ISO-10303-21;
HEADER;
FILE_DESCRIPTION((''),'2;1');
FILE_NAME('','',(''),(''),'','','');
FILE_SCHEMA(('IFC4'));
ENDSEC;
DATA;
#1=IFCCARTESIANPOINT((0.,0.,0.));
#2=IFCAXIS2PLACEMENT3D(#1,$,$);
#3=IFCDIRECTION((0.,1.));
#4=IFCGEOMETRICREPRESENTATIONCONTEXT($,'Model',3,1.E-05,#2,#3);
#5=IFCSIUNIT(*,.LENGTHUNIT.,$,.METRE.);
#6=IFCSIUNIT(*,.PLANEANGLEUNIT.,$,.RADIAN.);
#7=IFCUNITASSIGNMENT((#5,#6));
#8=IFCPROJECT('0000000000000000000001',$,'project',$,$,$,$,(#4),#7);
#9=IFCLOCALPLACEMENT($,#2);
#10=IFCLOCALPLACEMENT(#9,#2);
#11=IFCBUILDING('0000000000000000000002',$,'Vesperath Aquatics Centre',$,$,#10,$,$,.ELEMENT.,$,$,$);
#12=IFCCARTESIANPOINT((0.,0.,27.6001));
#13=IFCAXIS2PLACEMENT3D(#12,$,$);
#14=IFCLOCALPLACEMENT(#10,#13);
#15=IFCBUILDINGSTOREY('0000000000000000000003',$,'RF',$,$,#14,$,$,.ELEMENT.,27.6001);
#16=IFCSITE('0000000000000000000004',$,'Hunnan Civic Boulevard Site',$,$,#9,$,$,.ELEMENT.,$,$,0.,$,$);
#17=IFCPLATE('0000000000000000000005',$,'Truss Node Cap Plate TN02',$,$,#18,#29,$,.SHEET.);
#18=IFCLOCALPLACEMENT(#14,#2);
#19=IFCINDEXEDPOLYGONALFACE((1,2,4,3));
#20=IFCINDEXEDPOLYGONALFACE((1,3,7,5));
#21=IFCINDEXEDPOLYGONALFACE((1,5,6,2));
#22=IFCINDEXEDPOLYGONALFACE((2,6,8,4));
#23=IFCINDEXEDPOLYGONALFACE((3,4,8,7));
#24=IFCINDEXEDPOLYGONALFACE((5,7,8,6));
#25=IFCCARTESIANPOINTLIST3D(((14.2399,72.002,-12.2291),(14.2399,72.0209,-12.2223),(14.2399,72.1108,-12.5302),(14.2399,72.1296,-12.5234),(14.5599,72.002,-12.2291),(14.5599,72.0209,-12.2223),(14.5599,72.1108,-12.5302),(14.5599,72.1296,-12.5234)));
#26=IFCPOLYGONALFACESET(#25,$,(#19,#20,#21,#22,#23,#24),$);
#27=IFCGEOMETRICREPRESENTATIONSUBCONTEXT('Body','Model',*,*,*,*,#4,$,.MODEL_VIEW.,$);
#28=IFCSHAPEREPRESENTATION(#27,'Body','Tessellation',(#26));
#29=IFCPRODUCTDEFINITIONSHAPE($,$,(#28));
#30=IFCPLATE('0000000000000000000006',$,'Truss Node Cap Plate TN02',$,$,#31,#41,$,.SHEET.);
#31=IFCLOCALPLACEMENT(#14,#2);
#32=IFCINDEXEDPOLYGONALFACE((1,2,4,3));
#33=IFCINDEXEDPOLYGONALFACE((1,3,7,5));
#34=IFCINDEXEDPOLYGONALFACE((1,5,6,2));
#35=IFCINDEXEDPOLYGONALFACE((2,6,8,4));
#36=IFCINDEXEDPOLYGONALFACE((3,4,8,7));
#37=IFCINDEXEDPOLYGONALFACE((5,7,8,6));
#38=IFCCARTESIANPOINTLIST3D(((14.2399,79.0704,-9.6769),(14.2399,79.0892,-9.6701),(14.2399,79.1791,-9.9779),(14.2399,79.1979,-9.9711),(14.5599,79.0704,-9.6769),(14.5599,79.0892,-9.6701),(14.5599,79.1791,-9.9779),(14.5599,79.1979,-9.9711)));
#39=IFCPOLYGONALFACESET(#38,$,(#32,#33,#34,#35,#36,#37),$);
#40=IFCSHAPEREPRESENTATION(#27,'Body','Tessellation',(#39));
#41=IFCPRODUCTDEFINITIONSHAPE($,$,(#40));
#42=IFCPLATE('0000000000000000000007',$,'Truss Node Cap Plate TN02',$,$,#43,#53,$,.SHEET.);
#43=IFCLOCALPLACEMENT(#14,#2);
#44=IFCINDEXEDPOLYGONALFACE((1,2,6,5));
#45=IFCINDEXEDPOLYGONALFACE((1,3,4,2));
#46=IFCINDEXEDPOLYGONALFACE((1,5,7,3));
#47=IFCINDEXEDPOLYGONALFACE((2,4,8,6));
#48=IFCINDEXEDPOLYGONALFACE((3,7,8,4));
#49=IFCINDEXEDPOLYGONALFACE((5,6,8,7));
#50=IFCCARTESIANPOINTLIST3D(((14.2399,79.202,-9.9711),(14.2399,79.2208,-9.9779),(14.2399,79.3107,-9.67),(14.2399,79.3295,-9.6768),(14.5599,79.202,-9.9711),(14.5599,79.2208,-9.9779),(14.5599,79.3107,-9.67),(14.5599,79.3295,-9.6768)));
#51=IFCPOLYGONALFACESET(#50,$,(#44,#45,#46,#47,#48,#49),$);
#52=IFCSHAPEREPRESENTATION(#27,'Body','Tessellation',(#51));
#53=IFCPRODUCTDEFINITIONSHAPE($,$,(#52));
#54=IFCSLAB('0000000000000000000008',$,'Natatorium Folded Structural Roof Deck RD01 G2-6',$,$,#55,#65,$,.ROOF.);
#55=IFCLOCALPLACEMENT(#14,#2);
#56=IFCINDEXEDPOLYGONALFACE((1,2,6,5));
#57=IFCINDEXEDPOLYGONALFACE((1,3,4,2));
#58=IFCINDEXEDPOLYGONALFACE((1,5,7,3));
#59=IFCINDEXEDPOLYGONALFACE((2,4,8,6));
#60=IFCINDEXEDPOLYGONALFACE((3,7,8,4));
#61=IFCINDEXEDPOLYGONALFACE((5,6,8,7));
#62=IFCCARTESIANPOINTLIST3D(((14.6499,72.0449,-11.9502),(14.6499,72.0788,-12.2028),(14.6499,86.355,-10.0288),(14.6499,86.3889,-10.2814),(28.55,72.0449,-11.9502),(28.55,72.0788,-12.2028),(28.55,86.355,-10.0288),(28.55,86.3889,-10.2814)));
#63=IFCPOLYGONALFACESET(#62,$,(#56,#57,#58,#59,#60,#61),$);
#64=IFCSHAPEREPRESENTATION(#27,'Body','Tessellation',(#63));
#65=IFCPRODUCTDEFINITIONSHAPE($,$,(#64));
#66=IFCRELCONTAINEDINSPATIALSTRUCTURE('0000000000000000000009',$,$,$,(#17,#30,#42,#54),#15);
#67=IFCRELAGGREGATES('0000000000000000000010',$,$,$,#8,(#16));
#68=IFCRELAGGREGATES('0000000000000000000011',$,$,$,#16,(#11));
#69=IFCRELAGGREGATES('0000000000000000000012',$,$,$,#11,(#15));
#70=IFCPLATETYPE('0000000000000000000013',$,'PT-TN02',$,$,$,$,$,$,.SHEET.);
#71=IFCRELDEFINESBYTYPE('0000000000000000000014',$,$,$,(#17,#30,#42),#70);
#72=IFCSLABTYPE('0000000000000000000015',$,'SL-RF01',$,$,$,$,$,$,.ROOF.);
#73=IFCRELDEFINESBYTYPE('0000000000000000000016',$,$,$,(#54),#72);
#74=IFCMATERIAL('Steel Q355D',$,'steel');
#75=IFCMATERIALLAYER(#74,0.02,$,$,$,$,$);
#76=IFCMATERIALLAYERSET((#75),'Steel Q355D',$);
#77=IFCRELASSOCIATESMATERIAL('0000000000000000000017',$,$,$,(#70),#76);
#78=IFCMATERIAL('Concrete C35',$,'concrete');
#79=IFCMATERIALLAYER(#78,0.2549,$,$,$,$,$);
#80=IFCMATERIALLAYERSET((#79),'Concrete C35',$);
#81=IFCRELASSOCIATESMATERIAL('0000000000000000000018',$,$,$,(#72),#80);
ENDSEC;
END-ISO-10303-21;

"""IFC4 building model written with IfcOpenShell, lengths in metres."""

from ifc_helpers import new_model, si_unit, direction, frame, origin, origin_2d, place, context, subcontext, project, spatial, polyline, rectangle, outline, extrude, material, layer, layer_set, type_object, element, save


model = new_model("IFC4")

# Units and contexts
model_context = context("Model", 3, precision=1e-05, world=origin(), true_north=direction((0.0, 1.0)))
body_context = subcontext(model_context, "Body", "Model", "MODEL_VIEW")
ifc_project = project(units=[si_unit("LENGTHUNIT", "METRE"), si_unit("PLANEANGLEUNIT", "RADIAN")], contexts=[model_context])

# Site, building, storey
site_placement = place(None, origin())
site = spatial("IfcSite", under=ifc_project, at=site_placement, Name="Hunnan Civic Boulevard Site", CompositionType="ELEMENT", RefElevation=0.0)
building_placement = place(site_placement, origin())
building = spatial("IfcBuilding", under=site, at=building_placement, Name="Vesperath Aquatics Centre", CompositionType="ELEMENT")
storey_placement = place(building_placement, frame((0.0, 0.0, 27.6001)))
storey = spatial("IfcBuildingStorey", under=building, at=storey_placement, Name="RF", CompositionType="ELEMENT", Elevation=27.6001)

# Shared definitions
ifc_material_1 = material(Name="Steel Q355D", Category="steel")

# Plates
ifc_layer_1 = layer(ifc_material_1, 0.02)
ifc_layer_set_1 = layer_set([ifc_layer_1], Name="Steel Q355D")
plate_type_1 = type_object("IfcPlateType", Name="PT-TN02", PredefinedType="SHEET", material=ifc_layer_set_1)
for number, where, z_axis, x_axis, name in (
    (1, (14.3999, 72.0564, -12.3796), (0.0, 0.940554, 0.339644), (-1.0, 0.0, 0.0), "Truss Node Cap Plate TN02"),
    (2, (14.3999, 79.1248, -9.8274), (0.0, 0.940554, 0.339644), (-1.0, 0.0, 0.0), "Truss Node Cap Plate TN02"),
    (3, (14.3999, 79.2563, -9.8206), (0.0, 0.940554, -0.339644), (-1.0, 0.0, 0.0), "Truss Node Cap Plate TN02"),
):
    element("IfcPlate", number, at=place(storey_placement, frame(where, z_axis=z_axis, x_axis=x_axis)), inside=storey, type_object=plate_type_1, Name=name, PredefinedType="SHEET", context=body_context, shape_type="SweptSolid", body=[
        extrude(rectangle(XDim=0.3201, YDim=0.3201, at=origin_2d()), origin(), (0.0, 0.0, 1.0), 0.02),
    ])

# Slab
ifc_material_2 = material(Name="Concrete C35", Category="concrete")
ifc_layer_2 = layer(ifc_material_2, 0.2549)
ifc_layer_set_2 = layer_set([ifc_layer_2], Name="Concrete C35")
slab_type = type_object("IfcSlabType", Name="SL-RF01", PredefinedType="ROOF", material=ifc_layer_set_2)
slab_placement = place(storey_placement, frame((14.6499, 72.0449, -11.9502), z_axis=(0.0, -0.133074, 0.991106), x_axis=(1.0, 0.0, 0.0)))
element("IfcSlab", 4, at=slab_placement, inside=storey, type_object=slab_type, Name="Natatorium Folded Structural Roof Deck RD01 G2-6", PredefinedType="ROOF", context=body_context, shape_type="SweptSolid", body=[
    extrude(outline(polyline([(0.0, 0.0), (13.9001, 0.0), (13.9001, 14.4385), (0.0, 14.4385), (0.0, 0.0)])), origin(), (0.0, 0.0, -1.0), 0.2549),
])

save(model, "model.ifc")
